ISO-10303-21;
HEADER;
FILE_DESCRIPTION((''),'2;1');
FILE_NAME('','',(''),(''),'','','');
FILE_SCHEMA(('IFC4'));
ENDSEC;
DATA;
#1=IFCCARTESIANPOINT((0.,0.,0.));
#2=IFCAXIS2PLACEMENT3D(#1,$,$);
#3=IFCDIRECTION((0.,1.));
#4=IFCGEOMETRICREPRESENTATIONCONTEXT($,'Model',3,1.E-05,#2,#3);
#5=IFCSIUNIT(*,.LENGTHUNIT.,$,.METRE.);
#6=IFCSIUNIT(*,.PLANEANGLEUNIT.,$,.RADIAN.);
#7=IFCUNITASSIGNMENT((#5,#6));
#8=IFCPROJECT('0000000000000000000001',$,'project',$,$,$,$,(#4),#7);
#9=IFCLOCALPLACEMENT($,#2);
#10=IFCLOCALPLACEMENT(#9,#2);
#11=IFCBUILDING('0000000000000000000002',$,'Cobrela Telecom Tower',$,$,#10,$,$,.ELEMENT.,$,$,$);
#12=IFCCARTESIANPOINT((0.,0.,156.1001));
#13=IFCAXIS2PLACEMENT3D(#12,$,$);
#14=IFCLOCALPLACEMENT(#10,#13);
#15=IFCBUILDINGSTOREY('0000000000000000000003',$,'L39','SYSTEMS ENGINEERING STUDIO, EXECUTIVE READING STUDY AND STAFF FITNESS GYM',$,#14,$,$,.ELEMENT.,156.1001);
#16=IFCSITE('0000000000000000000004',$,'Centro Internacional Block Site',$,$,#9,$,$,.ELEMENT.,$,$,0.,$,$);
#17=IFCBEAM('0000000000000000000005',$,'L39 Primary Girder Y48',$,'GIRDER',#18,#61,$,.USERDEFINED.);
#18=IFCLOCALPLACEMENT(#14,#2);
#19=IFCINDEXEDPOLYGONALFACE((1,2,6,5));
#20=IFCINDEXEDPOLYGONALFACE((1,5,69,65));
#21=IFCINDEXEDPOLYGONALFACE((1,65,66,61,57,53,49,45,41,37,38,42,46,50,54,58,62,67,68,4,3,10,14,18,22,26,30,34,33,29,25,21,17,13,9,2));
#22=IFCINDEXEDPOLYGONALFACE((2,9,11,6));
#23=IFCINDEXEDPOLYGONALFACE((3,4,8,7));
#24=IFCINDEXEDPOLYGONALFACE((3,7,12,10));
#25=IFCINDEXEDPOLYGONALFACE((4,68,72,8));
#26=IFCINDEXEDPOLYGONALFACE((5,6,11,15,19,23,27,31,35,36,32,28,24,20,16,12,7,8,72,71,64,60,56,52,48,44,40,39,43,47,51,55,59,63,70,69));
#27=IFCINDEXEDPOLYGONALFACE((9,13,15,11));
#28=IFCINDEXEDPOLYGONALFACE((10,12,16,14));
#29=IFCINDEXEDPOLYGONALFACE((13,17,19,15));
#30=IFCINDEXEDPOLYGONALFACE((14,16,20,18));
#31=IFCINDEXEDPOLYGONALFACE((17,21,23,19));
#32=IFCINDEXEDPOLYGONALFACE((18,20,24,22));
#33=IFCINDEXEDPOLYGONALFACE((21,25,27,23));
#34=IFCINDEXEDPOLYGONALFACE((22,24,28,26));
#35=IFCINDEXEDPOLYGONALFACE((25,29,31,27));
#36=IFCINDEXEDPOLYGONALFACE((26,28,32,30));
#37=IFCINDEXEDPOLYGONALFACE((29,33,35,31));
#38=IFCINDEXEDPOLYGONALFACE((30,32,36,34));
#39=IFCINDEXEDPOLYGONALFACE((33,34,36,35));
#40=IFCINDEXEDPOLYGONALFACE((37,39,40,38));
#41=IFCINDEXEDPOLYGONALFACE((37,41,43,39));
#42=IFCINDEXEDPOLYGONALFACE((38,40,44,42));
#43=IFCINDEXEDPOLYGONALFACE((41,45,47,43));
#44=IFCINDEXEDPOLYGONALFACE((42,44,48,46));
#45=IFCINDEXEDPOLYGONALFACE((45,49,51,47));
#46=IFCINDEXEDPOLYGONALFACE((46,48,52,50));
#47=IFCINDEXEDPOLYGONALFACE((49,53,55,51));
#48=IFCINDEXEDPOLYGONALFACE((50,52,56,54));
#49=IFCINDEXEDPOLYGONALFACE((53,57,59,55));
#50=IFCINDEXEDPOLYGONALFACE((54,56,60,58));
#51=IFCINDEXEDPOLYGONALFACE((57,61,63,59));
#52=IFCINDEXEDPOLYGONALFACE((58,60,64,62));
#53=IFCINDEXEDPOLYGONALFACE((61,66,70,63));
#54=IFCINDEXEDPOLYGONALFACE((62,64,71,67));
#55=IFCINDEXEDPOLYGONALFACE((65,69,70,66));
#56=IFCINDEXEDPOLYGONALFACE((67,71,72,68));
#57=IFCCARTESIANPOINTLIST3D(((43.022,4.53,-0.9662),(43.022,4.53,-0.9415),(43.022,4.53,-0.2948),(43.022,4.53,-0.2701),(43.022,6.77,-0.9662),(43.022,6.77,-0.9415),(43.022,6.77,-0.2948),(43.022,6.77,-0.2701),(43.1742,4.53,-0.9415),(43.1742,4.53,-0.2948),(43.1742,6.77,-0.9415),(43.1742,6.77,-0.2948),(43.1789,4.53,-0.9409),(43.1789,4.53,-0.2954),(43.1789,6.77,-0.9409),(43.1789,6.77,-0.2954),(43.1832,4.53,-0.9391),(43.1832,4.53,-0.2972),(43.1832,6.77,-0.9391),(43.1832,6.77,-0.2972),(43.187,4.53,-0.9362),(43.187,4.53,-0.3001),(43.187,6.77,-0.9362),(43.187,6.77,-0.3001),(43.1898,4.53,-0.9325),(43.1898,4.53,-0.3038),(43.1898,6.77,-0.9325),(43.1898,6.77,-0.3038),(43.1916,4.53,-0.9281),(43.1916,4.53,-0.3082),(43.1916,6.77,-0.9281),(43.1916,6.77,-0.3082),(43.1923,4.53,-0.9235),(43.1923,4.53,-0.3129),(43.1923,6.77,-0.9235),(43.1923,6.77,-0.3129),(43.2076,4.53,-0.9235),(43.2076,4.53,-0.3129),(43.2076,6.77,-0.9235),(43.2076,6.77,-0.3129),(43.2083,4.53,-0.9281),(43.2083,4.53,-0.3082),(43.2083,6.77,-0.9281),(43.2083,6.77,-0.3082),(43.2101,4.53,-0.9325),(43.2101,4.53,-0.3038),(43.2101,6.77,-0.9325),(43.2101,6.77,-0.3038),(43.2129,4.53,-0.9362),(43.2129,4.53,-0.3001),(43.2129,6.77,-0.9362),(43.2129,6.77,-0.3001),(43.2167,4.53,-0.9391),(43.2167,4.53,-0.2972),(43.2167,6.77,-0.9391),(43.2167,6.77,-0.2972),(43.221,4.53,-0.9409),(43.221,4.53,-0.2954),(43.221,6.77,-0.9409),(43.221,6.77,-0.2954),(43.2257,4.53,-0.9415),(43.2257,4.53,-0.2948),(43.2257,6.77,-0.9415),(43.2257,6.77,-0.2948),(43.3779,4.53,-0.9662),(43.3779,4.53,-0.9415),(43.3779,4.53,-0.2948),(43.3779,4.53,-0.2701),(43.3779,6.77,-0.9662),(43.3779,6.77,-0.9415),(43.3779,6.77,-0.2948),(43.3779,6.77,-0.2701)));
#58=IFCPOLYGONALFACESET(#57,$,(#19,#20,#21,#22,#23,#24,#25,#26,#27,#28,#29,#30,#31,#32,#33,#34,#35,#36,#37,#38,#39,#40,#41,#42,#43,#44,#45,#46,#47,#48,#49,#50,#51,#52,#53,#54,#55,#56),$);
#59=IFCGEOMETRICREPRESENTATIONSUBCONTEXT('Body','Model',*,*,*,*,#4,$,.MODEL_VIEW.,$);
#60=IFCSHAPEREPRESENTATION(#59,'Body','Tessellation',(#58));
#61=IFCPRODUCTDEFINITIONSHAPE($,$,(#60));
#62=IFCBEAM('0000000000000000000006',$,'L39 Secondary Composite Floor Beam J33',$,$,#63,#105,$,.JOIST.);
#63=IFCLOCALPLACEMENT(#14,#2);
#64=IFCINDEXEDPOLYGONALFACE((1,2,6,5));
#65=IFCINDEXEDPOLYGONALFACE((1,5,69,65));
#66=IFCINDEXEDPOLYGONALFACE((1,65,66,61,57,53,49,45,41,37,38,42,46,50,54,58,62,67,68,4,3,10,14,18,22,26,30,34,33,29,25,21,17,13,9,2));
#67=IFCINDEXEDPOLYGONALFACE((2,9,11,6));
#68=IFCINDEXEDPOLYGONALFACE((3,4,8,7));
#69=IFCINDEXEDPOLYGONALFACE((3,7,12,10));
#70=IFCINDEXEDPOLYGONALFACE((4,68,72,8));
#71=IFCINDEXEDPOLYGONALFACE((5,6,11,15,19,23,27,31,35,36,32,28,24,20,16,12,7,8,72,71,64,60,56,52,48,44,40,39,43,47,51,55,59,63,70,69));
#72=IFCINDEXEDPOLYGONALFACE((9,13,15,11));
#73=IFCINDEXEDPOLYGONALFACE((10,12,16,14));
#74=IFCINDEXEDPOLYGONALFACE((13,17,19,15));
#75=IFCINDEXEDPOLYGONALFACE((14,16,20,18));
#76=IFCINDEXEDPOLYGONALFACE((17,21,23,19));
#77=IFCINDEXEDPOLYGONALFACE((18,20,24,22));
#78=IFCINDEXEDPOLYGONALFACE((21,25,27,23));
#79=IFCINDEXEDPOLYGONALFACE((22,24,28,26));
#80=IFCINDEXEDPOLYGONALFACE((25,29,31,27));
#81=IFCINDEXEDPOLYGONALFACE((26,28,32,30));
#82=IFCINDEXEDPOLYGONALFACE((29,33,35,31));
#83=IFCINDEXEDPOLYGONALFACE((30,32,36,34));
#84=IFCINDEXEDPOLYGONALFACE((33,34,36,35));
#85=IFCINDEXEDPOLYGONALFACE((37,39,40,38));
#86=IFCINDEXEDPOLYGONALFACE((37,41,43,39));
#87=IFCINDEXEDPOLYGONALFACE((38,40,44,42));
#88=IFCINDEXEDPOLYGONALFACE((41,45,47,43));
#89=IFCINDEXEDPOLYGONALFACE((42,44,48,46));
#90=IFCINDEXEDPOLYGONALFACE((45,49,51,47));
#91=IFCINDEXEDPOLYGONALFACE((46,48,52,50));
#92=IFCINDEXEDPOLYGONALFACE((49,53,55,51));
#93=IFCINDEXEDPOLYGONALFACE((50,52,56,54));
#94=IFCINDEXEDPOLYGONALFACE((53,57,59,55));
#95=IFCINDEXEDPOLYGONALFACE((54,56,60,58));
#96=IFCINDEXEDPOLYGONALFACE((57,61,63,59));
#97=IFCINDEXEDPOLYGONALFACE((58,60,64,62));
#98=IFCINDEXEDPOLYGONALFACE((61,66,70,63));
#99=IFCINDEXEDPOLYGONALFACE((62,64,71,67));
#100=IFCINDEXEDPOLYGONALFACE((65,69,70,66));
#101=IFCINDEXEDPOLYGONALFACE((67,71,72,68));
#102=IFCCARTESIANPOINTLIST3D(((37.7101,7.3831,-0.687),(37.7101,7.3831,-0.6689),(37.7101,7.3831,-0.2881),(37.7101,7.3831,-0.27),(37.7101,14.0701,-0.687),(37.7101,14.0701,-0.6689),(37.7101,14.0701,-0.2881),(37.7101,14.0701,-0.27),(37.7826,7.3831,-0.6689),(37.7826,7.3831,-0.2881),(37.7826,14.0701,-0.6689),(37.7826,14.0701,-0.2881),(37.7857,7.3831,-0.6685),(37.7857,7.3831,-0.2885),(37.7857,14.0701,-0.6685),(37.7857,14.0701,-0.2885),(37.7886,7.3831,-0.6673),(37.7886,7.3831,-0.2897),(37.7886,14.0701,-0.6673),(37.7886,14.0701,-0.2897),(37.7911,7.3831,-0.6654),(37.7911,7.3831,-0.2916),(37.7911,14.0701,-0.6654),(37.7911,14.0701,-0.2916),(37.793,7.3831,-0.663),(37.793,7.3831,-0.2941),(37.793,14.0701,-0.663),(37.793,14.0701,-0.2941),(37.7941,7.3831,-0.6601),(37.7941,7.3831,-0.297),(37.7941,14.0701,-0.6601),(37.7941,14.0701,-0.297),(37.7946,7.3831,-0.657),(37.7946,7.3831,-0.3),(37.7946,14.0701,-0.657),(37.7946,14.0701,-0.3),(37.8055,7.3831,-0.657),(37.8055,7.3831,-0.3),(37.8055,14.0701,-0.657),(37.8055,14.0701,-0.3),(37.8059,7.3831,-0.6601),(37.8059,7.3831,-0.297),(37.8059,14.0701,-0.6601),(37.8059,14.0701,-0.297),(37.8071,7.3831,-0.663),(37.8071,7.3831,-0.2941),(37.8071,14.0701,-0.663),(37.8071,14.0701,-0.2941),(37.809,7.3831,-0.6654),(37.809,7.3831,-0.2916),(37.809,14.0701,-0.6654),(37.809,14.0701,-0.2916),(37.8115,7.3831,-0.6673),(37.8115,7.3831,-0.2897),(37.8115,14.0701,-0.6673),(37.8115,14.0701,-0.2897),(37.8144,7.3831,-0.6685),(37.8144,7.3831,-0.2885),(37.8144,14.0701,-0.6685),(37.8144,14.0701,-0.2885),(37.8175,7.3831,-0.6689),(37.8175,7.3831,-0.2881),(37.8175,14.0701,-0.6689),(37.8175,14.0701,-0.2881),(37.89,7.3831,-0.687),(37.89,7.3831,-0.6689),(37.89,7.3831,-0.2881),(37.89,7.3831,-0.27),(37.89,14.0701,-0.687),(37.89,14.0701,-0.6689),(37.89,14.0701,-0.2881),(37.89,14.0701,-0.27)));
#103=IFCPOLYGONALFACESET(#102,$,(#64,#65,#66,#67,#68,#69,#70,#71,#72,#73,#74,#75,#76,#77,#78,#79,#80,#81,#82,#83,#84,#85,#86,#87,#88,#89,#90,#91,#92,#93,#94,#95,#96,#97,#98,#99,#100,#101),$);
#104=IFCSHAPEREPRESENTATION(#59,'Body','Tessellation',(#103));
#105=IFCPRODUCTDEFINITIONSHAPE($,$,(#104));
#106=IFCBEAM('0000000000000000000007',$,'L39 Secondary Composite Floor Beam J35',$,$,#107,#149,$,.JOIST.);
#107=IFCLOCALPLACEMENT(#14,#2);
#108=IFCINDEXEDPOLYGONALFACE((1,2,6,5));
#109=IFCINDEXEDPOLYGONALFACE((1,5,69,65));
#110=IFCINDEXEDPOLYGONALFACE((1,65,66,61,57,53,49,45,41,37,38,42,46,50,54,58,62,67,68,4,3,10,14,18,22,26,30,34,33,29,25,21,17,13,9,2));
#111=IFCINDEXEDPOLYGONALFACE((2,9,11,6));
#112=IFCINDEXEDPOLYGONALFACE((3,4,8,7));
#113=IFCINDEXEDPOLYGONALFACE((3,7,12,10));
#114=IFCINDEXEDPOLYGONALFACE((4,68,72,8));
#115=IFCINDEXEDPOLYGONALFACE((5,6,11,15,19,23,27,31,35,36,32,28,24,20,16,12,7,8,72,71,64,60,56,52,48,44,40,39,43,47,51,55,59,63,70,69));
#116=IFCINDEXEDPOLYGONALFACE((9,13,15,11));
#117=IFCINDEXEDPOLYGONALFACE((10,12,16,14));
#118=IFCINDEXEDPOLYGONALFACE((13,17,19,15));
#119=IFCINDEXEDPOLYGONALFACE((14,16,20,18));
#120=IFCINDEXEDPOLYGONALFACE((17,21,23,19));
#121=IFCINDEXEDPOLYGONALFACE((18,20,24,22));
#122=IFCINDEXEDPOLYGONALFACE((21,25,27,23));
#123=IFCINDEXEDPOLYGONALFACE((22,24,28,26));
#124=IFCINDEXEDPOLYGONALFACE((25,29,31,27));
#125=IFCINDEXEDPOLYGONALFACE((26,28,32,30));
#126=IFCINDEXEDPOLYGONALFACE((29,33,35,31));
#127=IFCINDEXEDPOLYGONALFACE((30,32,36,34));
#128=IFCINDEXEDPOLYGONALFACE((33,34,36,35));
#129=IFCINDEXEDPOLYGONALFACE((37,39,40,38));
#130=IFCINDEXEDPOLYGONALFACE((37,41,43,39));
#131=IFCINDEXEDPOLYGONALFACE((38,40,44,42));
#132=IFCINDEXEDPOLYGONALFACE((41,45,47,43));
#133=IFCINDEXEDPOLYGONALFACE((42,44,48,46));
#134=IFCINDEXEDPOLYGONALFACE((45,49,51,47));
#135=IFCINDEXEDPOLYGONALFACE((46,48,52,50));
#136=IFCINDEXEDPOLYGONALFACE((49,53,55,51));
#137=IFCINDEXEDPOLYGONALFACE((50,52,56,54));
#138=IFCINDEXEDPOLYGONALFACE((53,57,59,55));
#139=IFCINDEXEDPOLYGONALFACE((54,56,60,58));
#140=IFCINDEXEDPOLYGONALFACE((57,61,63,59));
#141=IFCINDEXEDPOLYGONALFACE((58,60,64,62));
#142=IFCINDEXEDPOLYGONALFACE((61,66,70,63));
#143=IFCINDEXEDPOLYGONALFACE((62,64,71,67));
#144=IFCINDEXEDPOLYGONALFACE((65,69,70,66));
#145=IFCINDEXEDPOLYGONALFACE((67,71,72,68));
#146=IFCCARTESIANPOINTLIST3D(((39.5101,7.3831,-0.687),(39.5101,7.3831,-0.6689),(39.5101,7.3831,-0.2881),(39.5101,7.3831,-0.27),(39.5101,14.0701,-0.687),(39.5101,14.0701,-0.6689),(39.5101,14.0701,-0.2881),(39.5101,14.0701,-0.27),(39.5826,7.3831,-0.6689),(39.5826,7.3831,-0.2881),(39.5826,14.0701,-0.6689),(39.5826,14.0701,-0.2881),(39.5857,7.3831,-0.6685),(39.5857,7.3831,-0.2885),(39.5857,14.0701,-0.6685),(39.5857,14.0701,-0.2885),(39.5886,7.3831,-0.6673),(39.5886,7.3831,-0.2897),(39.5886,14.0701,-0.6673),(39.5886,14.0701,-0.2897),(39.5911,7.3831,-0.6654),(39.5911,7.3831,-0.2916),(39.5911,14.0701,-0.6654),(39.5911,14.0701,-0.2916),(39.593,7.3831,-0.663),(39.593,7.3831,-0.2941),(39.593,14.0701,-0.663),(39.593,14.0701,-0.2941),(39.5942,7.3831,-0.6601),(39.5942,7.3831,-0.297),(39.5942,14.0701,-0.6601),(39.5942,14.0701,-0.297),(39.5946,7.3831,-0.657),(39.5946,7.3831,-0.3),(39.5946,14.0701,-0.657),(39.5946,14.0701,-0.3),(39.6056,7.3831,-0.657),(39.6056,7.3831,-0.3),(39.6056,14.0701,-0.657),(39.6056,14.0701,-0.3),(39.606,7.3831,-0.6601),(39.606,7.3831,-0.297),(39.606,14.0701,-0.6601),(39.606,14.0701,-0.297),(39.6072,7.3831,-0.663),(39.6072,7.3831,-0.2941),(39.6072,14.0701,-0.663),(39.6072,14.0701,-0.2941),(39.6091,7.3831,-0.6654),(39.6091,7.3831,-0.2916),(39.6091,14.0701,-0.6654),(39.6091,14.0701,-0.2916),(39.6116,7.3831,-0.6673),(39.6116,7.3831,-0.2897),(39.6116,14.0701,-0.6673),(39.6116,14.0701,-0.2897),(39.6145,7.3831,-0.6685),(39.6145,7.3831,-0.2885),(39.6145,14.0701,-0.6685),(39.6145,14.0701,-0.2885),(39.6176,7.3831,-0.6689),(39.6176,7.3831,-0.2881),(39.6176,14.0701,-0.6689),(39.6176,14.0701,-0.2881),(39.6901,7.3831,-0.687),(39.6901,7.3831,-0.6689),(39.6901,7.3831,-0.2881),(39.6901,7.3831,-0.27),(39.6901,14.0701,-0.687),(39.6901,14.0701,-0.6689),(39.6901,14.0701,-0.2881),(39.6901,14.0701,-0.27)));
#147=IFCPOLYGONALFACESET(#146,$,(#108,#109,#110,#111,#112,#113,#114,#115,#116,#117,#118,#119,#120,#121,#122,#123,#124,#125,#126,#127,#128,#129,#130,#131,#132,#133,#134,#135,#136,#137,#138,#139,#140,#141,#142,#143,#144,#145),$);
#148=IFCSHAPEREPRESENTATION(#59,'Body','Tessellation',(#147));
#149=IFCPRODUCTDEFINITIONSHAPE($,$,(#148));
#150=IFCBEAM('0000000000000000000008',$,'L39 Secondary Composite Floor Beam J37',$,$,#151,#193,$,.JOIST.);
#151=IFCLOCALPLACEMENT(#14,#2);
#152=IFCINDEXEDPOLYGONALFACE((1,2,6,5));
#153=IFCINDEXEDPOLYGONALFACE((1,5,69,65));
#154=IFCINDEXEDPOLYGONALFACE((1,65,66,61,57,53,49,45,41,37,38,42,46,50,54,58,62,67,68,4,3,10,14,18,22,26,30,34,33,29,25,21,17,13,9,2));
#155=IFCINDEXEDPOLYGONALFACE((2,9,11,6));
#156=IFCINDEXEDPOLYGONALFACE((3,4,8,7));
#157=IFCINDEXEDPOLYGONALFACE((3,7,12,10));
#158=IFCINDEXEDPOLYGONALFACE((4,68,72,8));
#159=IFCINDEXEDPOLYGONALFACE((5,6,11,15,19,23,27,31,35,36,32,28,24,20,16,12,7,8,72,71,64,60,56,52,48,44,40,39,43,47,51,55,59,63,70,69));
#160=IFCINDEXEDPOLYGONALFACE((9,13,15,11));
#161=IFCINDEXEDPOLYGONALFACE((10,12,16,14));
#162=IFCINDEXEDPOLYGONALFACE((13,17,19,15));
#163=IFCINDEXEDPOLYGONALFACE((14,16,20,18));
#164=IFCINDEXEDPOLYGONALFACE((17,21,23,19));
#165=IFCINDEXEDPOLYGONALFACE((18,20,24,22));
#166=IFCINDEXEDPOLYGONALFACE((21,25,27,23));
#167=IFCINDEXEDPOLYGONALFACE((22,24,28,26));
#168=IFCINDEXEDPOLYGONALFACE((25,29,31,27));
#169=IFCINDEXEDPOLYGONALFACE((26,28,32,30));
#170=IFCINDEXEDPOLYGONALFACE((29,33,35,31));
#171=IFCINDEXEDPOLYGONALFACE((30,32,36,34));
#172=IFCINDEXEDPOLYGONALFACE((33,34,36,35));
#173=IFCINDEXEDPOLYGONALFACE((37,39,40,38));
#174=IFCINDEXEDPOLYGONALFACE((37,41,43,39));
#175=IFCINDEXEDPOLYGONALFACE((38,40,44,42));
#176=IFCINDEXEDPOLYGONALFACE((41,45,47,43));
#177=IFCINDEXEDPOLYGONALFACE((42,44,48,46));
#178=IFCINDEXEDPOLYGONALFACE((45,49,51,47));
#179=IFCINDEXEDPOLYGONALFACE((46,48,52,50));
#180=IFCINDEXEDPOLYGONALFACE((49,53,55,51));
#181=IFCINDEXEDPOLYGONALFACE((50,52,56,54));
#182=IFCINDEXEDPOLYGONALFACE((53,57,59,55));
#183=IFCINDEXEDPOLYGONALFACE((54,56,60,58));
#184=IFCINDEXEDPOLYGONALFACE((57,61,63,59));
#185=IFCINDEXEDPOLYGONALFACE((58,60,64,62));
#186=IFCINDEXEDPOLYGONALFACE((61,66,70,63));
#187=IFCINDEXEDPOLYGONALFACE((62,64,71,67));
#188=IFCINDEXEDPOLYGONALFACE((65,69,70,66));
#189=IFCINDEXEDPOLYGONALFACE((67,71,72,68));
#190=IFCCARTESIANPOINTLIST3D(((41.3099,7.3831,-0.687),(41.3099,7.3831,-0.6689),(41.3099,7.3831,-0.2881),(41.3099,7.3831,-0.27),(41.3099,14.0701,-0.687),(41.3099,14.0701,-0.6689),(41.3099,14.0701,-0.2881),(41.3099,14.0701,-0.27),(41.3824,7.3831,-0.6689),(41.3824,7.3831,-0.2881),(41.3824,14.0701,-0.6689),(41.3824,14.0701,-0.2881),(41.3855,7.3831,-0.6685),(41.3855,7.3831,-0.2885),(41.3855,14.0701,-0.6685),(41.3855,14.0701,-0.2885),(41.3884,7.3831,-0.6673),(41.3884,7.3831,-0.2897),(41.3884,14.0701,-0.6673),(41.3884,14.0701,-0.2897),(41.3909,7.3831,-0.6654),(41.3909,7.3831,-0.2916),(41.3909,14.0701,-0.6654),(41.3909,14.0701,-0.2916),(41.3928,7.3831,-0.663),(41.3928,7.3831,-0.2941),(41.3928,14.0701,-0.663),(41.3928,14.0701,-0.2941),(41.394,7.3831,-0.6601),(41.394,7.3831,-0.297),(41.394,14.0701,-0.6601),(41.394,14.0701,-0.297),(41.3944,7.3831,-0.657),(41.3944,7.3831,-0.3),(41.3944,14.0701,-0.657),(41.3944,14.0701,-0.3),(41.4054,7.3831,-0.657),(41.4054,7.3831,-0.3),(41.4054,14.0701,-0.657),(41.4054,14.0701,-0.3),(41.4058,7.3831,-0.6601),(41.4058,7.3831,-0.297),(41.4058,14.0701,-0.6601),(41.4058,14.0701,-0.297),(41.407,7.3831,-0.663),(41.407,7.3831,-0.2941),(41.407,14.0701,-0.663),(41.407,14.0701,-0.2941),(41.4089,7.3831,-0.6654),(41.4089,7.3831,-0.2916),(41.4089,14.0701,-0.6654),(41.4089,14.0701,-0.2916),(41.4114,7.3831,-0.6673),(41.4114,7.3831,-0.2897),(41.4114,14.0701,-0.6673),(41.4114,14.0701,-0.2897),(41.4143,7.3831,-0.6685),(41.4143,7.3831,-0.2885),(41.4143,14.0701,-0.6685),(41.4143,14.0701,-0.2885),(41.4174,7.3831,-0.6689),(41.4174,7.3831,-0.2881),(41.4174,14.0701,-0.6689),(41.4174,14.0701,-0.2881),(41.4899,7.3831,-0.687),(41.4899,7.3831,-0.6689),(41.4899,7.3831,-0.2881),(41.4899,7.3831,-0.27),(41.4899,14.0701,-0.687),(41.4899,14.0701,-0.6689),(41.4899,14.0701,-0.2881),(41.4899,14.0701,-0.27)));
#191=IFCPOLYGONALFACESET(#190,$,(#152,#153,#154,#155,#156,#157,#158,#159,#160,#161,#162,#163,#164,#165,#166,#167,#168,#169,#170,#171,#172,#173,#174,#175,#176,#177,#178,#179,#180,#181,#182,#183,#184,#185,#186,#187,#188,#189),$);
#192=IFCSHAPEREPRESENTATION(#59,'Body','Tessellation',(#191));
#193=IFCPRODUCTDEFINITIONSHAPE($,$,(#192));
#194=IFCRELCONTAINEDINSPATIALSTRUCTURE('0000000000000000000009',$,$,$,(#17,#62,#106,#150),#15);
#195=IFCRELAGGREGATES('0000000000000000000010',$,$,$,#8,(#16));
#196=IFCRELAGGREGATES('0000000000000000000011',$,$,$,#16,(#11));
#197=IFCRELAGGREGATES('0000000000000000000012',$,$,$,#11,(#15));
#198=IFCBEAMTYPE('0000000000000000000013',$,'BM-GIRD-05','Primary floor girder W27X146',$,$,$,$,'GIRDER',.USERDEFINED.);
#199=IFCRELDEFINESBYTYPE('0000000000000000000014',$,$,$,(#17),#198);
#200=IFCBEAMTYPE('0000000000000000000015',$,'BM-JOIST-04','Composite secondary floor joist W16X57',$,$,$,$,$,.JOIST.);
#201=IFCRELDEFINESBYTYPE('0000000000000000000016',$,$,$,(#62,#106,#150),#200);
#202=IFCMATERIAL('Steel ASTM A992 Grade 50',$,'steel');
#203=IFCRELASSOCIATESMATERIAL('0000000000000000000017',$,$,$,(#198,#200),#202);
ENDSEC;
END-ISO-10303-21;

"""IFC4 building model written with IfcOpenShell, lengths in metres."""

from ifc_helpers import new_model, si_unit, direction, frame, origin, origin_2d, place, context, subcontext, project, spatial, i_section, extrude, material, material_profile, profile_set, type_object, element, save


model = new_model("IFC4")

# Units and contexts
model_context = context("Model", 3, precision=1e-05, world=origin(), true_north=direction((0.0, 1.0)))
body_context = subcontext(model_context, "Body", "Model", "MODEL_VIEW")
ifc_project = project(units=[si_unit("LENGTHUNIT", "METRE"), si_unit("PLANEANGLEUNIT", "RADIAN")], contexts=[model_context])

# Site, building, storey
site_placement = place(None, origin())
site = spatial("IfcSite", under=ifc_project, at=site_placement, Name="Centro Internacional Block Site", CompositionType="ELEMENT", RefElevation=0.0)
building_placement = place(site_placement, origin())
building = spatial("IfcBuilding", under=site, at=building_placement, Name="Cobrela Telecom Tower", CompositionType="ELEMENT")
storey_placement = place(building_placement, frame((0.0, 0.0, 156.1001)))
storey = spatial("IfcBuildingStorey", under=building, at=storey_placement, Name="L39", Description="SYSTEMS ENGINEERING STUDIO, EXECUTIVE READING STUDY AND STAFF FITNESS GYM", CompositionType="ELEMENT", Elevation=156.1001)

# Shared definitions
ifc_material_1 = material(Name="Steel ASTM A992 Grade 50", Category="steel")

# Beams
ifc_material_profile_1 = material_profile(ifc_material_1, i_section(OverallWidth=0.356, OverallDepth=0.696, WebThickness=0.0154, FlangeThickness=0.0247, FilletRadius=0.0181, at=origin_2d()), Name="W27X146")
ifc_profile_set_1 = profile_set([ifc_material_profile_1], Name="Steel ASTM A992 Grade 50")
beam_type_1 = type_object("IfcBeamType", Name="BM-GIRD-05", Description="Primary floor girder W27X146", ElementType="GIRDER", PredefinedType="USERDEFINED", material=ifc_profile_set_1)
beam_1_placement = place(storey_placement, frame((43.2, 4.53, -0.6182), z_axis=(0.0, 1.0, 0.0), x_axis=(-1.0, 0.0, 0.0)))
element("IfcBeam", 1, at=beam_1_placement, inside=storey, type_object=beam_type_1, Name="L39 Primary Girder Y48", ObjectType="GIRDER", PredefinedType="USERDEFINED", context=body_context, shape_type="SweptSolid", body=[
    extrude(i_section(OverallWidth=0.356, OverallDepth=0.696, WebThickness=0.0154, FlangeThickness=0.0247, FilletRadius=0.0181, at=origin_2d()), origin(), (0.0, 0.0, 1.0), 2.24),
])
ifc_material_profile_2 = material_profile(ifc_material_1, i_section(OverallWidth=0.1799, OverallDepth=0.417, WebThickness=0.011, FlangeThickness=0.0181, FilletRadius=0.012, at=origin_2d()), Name="W16X57")
ifc_profile_set_2 = profile_set([ifc_material_profile_2], Name="Steel ASTM A992 Grade 50")
beam_type_2 = type_object("IfcBeamType", Name="BM-JOIST-04", Description="Composite secondary floor joist W16X57", PredefinedType="JOIST", material=ifc_profile_set_2)
for number, where, z_axis, x_axis, name in (
    (2, (37.8, 7.3831, -0.4785), (0.0, 1.0, 0.0), (-1.0, 0.0, 0.0), "L39 Secondary Composite Floor Beam J33"),
    (3, (39.6001, 7.3831, -0.4785), (0.0, 1.0, 0.0), (-1.0, 0.0, 0.0), "L39 Secondary Composite Floor Beam J35"),
    (4, (41.3999, 7.3831, -0.4785), (0.0, 1.0, 0.0), (-1.0, 0.0, 0.0), "L39 Secondary Composite Floor Beam J37"),
):
    element("IfcBeam", number, at=place(storey_placement, frame(where, z_axis=z_axis, x_axis=x_axis)), inside=storey, type_object=beam_type_2, Name=name, PredefinedType="JOIST", context=body_context, shape_type="SweptSolid", body=[
        extrude(i_section(OverallWidth=0.1799, OverallDepth=0.417, WebThickness=0.011, FlangeThickness=0.0181, FilletRadius=0.012, at=origin_2d()), origin(), (0.0, 0.0, 1.0), 6.687),
    ])

save(model, "model.ifc")
